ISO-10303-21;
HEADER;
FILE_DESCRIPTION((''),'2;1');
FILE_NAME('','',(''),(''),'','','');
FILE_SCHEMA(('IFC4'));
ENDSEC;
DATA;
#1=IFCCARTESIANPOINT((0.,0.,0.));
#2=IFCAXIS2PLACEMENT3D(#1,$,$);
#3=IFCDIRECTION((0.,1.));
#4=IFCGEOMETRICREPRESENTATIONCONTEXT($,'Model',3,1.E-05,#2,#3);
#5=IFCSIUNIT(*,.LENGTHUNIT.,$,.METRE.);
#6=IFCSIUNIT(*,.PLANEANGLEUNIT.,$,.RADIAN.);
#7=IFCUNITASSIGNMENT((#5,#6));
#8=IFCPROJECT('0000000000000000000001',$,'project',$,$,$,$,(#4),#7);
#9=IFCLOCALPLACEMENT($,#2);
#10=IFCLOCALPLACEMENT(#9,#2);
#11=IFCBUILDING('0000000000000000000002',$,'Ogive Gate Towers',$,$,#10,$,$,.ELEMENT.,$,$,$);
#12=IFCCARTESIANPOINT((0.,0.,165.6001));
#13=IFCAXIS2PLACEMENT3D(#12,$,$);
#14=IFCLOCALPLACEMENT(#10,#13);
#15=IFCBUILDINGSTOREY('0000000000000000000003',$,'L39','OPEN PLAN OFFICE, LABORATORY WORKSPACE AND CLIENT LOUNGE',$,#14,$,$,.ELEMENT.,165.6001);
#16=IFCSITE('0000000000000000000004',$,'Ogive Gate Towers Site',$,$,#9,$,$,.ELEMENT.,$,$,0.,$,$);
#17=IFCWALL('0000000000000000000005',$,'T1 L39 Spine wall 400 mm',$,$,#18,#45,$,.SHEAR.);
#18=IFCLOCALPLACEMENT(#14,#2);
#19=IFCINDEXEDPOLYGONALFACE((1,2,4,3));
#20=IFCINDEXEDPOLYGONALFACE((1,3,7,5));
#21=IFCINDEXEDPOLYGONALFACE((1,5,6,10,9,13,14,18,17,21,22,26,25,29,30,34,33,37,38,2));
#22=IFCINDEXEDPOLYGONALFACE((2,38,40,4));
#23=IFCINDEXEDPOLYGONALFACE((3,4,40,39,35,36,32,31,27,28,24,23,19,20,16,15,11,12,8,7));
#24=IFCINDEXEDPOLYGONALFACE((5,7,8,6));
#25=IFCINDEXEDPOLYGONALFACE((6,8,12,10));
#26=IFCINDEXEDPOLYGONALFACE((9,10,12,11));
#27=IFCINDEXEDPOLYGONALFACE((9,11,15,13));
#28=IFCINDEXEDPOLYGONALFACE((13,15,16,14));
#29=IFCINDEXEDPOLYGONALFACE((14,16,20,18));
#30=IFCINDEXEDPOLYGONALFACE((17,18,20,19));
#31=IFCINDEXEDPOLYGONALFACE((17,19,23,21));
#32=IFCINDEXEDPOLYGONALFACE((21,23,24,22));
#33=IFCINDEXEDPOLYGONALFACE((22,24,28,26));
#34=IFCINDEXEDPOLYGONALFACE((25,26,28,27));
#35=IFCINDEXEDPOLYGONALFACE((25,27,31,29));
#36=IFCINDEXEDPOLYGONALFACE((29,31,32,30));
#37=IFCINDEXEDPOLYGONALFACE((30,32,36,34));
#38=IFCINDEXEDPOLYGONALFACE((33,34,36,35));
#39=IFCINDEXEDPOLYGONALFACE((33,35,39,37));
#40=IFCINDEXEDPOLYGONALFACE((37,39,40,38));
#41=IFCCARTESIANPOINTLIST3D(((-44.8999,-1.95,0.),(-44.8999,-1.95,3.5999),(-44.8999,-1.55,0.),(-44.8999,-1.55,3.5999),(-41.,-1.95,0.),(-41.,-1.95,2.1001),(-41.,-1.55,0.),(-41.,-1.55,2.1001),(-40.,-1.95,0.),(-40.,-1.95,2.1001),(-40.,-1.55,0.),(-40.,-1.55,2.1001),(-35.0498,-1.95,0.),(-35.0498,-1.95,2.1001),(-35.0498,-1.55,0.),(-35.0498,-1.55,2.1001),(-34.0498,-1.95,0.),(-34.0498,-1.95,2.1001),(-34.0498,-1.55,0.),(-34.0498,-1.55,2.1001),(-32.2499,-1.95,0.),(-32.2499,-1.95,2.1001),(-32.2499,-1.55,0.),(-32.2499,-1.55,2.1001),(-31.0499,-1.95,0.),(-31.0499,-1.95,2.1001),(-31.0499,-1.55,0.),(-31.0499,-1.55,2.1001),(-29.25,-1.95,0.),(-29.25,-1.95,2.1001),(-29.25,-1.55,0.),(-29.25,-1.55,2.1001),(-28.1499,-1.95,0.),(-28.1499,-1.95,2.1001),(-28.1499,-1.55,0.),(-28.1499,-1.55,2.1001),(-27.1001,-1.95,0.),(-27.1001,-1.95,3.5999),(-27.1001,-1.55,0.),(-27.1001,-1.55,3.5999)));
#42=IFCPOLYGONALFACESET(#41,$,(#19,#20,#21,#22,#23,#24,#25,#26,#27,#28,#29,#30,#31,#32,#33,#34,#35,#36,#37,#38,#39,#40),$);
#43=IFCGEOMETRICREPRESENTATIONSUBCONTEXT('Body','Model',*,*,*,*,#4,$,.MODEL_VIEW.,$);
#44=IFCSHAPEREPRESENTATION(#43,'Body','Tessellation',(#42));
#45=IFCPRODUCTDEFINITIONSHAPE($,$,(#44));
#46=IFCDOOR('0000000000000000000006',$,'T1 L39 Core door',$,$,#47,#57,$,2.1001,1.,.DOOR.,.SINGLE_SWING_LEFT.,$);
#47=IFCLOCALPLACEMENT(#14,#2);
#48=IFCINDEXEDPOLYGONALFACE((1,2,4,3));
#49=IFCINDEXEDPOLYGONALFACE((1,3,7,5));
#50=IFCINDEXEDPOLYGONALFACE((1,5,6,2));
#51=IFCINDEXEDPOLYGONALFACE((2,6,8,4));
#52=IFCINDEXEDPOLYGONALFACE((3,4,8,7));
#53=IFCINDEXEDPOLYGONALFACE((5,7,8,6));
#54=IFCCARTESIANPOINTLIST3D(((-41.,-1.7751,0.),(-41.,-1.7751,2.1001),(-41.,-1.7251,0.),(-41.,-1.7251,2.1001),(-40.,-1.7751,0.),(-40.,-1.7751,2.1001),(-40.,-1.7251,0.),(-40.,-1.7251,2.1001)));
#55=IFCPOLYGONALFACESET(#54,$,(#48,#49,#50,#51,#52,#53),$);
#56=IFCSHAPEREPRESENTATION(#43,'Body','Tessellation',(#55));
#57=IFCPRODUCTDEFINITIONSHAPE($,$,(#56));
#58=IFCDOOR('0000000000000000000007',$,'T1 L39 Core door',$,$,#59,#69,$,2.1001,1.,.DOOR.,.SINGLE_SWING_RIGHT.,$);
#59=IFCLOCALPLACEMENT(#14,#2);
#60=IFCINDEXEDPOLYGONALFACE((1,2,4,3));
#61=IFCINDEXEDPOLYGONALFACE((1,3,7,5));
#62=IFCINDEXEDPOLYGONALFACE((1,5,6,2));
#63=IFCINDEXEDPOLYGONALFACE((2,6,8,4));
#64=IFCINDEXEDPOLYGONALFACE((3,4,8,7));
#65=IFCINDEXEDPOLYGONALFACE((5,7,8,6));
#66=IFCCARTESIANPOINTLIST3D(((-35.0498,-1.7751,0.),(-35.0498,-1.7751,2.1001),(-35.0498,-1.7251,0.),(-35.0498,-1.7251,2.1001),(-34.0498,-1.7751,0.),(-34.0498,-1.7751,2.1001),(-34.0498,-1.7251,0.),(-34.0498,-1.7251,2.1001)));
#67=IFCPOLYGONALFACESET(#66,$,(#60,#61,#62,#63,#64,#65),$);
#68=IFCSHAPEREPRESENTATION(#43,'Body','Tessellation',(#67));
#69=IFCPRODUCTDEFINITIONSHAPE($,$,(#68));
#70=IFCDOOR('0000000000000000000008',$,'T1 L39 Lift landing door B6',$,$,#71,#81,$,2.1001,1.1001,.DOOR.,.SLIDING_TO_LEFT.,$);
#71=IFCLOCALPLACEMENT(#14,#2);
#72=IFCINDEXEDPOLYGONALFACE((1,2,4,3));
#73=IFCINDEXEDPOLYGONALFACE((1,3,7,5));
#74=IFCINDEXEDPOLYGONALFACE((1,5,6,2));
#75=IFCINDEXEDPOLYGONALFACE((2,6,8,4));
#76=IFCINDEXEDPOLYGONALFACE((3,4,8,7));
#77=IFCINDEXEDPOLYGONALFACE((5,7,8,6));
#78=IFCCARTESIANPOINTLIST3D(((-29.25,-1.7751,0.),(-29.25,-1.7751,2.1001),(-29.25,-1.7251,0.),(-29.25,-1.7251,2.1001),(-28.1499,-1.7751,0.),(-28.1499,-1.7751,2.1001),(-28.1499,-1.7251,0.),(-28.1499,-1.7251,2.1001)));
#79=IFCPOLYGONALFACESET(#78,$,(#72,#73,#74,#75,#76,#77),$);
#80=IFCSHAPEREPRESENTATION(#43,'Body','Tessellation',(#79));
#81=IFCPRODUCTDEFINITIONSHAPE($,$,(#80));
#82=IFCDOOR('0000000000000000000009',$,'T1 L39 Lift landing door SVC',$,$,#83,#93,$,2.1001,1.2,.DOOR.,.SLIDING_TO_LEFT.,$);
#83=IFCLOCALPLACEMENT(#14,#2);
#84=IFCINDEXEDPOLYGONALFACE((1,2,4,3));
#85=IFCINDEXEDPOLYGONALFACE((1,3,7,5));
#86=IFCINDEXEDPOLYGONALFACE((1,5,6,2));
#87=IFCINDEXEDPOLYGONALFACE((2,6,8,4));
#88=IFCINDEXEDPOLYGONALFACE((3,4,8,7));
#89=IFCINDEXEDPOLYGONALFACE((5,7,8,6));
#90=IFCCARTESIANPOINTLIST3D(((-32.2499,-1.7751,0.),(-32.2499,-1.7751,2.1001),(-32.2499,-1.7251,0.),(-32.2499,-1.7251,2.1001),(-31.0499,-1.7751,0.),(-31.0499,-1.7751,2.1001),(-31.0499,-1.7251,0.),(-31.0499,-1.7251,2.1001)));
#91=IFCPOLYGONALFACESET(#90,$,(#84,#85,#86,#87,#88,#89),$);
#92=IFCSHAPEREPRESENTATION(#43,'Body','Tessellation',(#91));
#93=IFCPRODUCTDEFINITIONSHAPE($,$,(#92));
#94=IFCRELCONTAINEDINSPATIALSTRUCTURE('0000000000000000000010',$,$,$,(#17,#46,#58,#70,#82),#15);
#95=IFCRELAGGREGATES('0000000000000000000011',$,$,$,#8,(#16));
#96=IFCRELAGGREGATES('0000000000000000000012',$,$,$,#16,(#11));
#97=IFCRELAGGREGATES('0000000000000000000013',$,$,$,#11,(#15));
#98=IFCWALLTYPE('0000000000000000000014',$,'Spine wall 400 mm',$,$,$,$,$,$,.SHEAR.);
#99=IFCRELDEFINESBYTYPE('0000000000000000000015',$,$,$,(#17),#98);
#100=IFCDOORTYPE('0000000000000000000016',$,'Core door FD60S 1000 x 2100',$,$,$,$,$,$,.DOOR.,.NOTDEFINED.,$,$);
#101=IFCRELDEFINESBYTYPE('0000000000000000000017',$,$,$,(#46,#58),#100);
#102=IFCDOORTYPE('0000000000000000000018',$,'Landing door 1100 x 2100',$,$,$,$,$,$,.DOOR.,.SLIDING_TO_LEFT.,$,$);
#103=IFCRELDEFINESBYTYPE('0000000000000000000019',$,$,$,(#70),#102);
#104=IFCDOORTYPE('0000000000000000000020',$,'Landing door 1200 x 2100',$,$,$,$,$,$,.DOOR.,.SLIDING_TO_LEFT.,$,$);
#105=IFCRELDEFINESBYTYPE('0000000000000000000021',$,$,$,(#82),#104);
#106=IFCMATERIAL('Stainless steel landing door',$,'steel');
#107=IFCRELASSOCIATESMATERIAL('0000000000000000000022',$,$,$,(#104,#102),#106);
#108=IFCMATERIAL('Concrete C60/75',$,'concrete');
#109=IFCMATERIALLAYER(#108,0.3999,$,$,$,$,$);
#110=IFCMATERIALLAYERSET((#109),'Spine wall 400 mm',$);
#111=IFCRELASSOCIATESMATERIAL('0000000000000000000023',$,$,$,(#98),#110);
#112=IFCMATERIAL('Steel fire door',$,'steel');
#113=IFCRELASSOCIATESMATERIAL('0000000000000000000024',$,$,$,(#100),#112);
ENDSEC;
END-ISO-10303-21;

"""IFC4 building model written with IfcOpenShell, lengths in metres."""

from ifc_helpers import new_model, si_unit, direction, frame, frame_2d, origin, place, context, subcontext, project, spatial, rectangle, extrude, material, layer, layer_set, type_object, element, fill, save


model = new_model("IFC4")

# Units and contexts
model_context = context("Model", 3, precision=1e-05, world=origin(), true_north=direction((0.0, 1.0)))
body_context = subcontext(model_context, "Body", "Model", "MODEL_VIEW")
ifc_project = project(units=[si_unit("LENGTHUNIT", "METRE"), si_unit("PLANEANGLEUNIT", "RADIAN")], contexts=[model_context])

# Site, building, storey
site_placement = place(None, origin())
site = spatial("IfcSite", under=ifc_project, at=site_placement, Name="Ogive Gate Towers Site", CompositionType="ELEMENT", RefElevation=0.0)
building_placement = place(site_placement, origin())
building = spatial("IfcBuilding", under=site, at=building_placement, Name="Ogive Gate Towers", CompositionType="ELEMENT")
storey_placement = place(building_placement, frame((0.0, 0.0, 165.6001)))
storey = spatial("IfcBuildingStorey", under=building, at=storey_placement, Name="L39", Description="OPEN PLAN OFFICE, LABORATORY WORKSPACE AND CLIENT LOUNGE", CompositionType="ELEMENT", Elevation=165.6001)

# Shared definitions
ifc_material_1 = material(Name="Concrete C60/75", Category="concrete")
ifc_material_2 = material(Name="Steel fire door", Category="steel")

# Shared definitions
ifc_material_3 = material(Name="Stainless steel landing door", Category="steel")
door_type_1 = type_object("IfcDoorType", Name="Landing door 1200 x 2100", OperationType="SLIDING_TO_LEFT", PredefinedType="DOOR", material=ifc_material_3)

# Wall, openings, doors
ifc_layer_1 = layer(ifc_material_1, 0.3999)
ifc_layer_set_1 = layer_set([ifc_layer_1], Name="Spine wall 400 mm")
wall_type_1 = type_object("IfcWallType", Name="Spine wall 400 mm", PredefinedType="SHEAR", material=ifc_layer_set_1)
wall_1_placement = place(storey_placement, frame((-44.8999, -1.75, 0.0), z_axis=(0.0, 0.0, 1.0), x_axis=(1.0, 0.0, 0.0)))
wall_1 = element("IfcWall", 1, at=wall_1_placement, inside=storey, type_object=wall_type_1, Name="T1 L39 Spine wall 400 mm", PredefinedType="SHEAR", context=body_context, shape_type="SweptSolid", body=[
    extrude(rectangle(XDim=17.7998, YDim=0.3999, at=frame_2d((8.8999, 0.0))), origin(), (0.0, 0.0, 1.0), 3.5999),
])
opening_1_placement = place(wall_1_placement, frame((12.6499, 0.0, 0.0)))
opening_1 = element("IfcOpeningElement", 2, at=opening_1_placement, cuts=wall_1, PredefinedType="OPENING", context=body_context, shape_type="SweptSolid", body=[
    extrude(rectangle(XDim=1.2, YDim=2.1001, at=frame_2d((0.6001, 1.05))), frame((0.0, 0.21, 0.0), z_axis=(0.0, -1.0, 0.0), x_axis=(1.0, 0.0, 0.0)), (0.0, 0.0, 1.0), 0.4199),
])
opening_2_placement = place(wall_1_placement, frame((15.6499, 0.0, 0.0)))
opening_2 = element("IfcOpeningElement", 3, at=opening_2_placement, cuts=wall_1, PredefinedType="OPENING", context=body_context, shape_type="SweptSolid", body=[
    extrude(rectangle(XDim=1.1001, YDim=2.1001, at=frame_2d((0.55, 1.05))), frame((0.0, 0.21, 0.0), z_axis=(0.0, -1.0, 0.0), x_axis=(1.0, 0.0, 0.0)), (0.0, 0.0, 1.0), 0.4199),
])
opening_3_placement = place(wall_1_placement, frame((3.8999, 0.0, 0.0)))
opening_3 = element("IfcOpeningElement", 4, at=opening_3_placement, cuts=wall_1, PredefinedType="OPENING", context=body_context, shape_type="SweptSolid", body=[
    extrude(rectangle(XDim=1.0, YDim=2.1001, at=frame_2d((0.5, 1.05))), frame((0.0, 0.21, 0.0), z_axis=(0.0, -1.0, 0.0), x_axis=(1.0, 0.0, 0.0)), (0.0, 0.0, 1.0), 0.4199),
])
opening_4_placement = place(wall_1_placement, frame((9.8501, 0.0, 0.0)))
opening_4 = element("IfcOpeningElement", 5, at=opening_4_placement, cuts=wall_1, PredefinedType="OPENING", context=body_context, shape_type="SweptSolid", body=[
    extrude(rectangle(XDim=1.0, YDim=2.1001, at=frame_2d((0.5, 1.05))), frame((0.0, 0.21, 0.0), z_axis=(0.0, -1.0, 0.0), x_axis=(1.0, 0.0, 0.0)), (0.0, 0.0, 1.0), 0.4199),
])
door_type_2 = type_object("IfcDoorType", Name="Core door FD60S 1000 x 2100", OperationType="NOTDEFINED", PredefinedType="DOOR", material=ifc_material_2)
door_1_placement = place(opening_3_placement, origin())
door_1 = element("IfcDoor", 6, at=door_1_placement, inside=storey, type_object=door_type_2, Name="T1 L39 Core door", OperationType="SINGLE_SWING_LEFT", OverallHeight=2.1001, OverallWidth=1.0, PredefinedType="DOOR", context=body_context, shape_type="SweptSolid", body=[
    extrude(rectangle(XDim=1.0, YDim=2.1001, at=frame_2d((0.5, 1.05))), frame((0.0, 0.0249, 0.0), z_axis=(0.0, -1.0, 0.0), x_axis=(1.0, 0.0, 0.0)), (0.0, 0.0, 1.0), 0.05),
])
fill(opening_3, door_1)
door_2_placement = place(opening_4_placement, origin())
door_2 = element("IfcDoor", 7, at=door_2_placement, inside=storey, type_object=door_type_2, Name="T1 L39 Core door", OperationType="SINGLE_SWING_RIGHT", OverallHeight=2.1001, OverallWidth=1.0, PredefinedType="DOOR", context=body_context, shape_type="SweptSolid", body=[
    extrude(rectangle(XDim=1.0, YDim=2.1001, at=frame_2d((0.5, 1.05))), frame((0.0, 0.0249, 0.0), z_axis=(0.0, -1.0, 0.0), x_axis=(1.0, 0.0, 0.0)), (0.0, 0.0, 1.0), 0.05),
])
fill(opening_4, door_2)
door_type_3 = type_object("IfcDoorType", Name="Landing door 1100 x 2100", OperationType="SLIDING_TO_LEFT", PredefinedType="DOOR", material=ifc_material_3)
door_3_placement = place(opening_2_placement, origin())
door_3 = element("IfcDoor", 8, at=door_3_placement, inside=storey, type_object=door_type_3, Name="T1 L39 Lift landing door B6", OperationType="SLIDING_TO_LEFT", OverallHeight=2.1001, OverallWidth=1.1001, PredefinedType="DOOR", context=body_context, shape_type="SweptSolid", body=[
    extrude(rectangle(XDim=1.1001, YDim=2.1001, at=frame_2d((0.55, 1.05))), frame((0.0, 0.0249, 0.0), z_axis=(0.0, -1.0, 0.0), x_axis=(1.0, 0.0, 0.0)), (0.0, 0.0, 1.0), 0.05),
])
fill(opening_2, door_3)
door_4_placement = place(opening_1_placement, origin())
door_4 = element("IfcDoor", 9, at=door_4_placement, inside=storey, type_object=door_type_1, Name="T1 L39 Lift landing door SVC", OperationType="SLIDING_TO_LEFT", OverallHeight=2.1001, OverallWidth=1.2, PredefinedType="DOOR", context=body_context, shape_type="SweptSolid", body=[
    extrude(rectangle(XDim=1.2, YDim=2.1001, at=frame_2d((0.6001, 1.05))), frame((0.0, 0.0249, 0.0), z_axis=(0.0, -1.0, 0.0), x_axis=(1.0, 0.0, 0.0)), (0.0, 0.0, 1.0), 0.05),
])
fill(opening_1, door_4)

save(model, "model.ifc")
